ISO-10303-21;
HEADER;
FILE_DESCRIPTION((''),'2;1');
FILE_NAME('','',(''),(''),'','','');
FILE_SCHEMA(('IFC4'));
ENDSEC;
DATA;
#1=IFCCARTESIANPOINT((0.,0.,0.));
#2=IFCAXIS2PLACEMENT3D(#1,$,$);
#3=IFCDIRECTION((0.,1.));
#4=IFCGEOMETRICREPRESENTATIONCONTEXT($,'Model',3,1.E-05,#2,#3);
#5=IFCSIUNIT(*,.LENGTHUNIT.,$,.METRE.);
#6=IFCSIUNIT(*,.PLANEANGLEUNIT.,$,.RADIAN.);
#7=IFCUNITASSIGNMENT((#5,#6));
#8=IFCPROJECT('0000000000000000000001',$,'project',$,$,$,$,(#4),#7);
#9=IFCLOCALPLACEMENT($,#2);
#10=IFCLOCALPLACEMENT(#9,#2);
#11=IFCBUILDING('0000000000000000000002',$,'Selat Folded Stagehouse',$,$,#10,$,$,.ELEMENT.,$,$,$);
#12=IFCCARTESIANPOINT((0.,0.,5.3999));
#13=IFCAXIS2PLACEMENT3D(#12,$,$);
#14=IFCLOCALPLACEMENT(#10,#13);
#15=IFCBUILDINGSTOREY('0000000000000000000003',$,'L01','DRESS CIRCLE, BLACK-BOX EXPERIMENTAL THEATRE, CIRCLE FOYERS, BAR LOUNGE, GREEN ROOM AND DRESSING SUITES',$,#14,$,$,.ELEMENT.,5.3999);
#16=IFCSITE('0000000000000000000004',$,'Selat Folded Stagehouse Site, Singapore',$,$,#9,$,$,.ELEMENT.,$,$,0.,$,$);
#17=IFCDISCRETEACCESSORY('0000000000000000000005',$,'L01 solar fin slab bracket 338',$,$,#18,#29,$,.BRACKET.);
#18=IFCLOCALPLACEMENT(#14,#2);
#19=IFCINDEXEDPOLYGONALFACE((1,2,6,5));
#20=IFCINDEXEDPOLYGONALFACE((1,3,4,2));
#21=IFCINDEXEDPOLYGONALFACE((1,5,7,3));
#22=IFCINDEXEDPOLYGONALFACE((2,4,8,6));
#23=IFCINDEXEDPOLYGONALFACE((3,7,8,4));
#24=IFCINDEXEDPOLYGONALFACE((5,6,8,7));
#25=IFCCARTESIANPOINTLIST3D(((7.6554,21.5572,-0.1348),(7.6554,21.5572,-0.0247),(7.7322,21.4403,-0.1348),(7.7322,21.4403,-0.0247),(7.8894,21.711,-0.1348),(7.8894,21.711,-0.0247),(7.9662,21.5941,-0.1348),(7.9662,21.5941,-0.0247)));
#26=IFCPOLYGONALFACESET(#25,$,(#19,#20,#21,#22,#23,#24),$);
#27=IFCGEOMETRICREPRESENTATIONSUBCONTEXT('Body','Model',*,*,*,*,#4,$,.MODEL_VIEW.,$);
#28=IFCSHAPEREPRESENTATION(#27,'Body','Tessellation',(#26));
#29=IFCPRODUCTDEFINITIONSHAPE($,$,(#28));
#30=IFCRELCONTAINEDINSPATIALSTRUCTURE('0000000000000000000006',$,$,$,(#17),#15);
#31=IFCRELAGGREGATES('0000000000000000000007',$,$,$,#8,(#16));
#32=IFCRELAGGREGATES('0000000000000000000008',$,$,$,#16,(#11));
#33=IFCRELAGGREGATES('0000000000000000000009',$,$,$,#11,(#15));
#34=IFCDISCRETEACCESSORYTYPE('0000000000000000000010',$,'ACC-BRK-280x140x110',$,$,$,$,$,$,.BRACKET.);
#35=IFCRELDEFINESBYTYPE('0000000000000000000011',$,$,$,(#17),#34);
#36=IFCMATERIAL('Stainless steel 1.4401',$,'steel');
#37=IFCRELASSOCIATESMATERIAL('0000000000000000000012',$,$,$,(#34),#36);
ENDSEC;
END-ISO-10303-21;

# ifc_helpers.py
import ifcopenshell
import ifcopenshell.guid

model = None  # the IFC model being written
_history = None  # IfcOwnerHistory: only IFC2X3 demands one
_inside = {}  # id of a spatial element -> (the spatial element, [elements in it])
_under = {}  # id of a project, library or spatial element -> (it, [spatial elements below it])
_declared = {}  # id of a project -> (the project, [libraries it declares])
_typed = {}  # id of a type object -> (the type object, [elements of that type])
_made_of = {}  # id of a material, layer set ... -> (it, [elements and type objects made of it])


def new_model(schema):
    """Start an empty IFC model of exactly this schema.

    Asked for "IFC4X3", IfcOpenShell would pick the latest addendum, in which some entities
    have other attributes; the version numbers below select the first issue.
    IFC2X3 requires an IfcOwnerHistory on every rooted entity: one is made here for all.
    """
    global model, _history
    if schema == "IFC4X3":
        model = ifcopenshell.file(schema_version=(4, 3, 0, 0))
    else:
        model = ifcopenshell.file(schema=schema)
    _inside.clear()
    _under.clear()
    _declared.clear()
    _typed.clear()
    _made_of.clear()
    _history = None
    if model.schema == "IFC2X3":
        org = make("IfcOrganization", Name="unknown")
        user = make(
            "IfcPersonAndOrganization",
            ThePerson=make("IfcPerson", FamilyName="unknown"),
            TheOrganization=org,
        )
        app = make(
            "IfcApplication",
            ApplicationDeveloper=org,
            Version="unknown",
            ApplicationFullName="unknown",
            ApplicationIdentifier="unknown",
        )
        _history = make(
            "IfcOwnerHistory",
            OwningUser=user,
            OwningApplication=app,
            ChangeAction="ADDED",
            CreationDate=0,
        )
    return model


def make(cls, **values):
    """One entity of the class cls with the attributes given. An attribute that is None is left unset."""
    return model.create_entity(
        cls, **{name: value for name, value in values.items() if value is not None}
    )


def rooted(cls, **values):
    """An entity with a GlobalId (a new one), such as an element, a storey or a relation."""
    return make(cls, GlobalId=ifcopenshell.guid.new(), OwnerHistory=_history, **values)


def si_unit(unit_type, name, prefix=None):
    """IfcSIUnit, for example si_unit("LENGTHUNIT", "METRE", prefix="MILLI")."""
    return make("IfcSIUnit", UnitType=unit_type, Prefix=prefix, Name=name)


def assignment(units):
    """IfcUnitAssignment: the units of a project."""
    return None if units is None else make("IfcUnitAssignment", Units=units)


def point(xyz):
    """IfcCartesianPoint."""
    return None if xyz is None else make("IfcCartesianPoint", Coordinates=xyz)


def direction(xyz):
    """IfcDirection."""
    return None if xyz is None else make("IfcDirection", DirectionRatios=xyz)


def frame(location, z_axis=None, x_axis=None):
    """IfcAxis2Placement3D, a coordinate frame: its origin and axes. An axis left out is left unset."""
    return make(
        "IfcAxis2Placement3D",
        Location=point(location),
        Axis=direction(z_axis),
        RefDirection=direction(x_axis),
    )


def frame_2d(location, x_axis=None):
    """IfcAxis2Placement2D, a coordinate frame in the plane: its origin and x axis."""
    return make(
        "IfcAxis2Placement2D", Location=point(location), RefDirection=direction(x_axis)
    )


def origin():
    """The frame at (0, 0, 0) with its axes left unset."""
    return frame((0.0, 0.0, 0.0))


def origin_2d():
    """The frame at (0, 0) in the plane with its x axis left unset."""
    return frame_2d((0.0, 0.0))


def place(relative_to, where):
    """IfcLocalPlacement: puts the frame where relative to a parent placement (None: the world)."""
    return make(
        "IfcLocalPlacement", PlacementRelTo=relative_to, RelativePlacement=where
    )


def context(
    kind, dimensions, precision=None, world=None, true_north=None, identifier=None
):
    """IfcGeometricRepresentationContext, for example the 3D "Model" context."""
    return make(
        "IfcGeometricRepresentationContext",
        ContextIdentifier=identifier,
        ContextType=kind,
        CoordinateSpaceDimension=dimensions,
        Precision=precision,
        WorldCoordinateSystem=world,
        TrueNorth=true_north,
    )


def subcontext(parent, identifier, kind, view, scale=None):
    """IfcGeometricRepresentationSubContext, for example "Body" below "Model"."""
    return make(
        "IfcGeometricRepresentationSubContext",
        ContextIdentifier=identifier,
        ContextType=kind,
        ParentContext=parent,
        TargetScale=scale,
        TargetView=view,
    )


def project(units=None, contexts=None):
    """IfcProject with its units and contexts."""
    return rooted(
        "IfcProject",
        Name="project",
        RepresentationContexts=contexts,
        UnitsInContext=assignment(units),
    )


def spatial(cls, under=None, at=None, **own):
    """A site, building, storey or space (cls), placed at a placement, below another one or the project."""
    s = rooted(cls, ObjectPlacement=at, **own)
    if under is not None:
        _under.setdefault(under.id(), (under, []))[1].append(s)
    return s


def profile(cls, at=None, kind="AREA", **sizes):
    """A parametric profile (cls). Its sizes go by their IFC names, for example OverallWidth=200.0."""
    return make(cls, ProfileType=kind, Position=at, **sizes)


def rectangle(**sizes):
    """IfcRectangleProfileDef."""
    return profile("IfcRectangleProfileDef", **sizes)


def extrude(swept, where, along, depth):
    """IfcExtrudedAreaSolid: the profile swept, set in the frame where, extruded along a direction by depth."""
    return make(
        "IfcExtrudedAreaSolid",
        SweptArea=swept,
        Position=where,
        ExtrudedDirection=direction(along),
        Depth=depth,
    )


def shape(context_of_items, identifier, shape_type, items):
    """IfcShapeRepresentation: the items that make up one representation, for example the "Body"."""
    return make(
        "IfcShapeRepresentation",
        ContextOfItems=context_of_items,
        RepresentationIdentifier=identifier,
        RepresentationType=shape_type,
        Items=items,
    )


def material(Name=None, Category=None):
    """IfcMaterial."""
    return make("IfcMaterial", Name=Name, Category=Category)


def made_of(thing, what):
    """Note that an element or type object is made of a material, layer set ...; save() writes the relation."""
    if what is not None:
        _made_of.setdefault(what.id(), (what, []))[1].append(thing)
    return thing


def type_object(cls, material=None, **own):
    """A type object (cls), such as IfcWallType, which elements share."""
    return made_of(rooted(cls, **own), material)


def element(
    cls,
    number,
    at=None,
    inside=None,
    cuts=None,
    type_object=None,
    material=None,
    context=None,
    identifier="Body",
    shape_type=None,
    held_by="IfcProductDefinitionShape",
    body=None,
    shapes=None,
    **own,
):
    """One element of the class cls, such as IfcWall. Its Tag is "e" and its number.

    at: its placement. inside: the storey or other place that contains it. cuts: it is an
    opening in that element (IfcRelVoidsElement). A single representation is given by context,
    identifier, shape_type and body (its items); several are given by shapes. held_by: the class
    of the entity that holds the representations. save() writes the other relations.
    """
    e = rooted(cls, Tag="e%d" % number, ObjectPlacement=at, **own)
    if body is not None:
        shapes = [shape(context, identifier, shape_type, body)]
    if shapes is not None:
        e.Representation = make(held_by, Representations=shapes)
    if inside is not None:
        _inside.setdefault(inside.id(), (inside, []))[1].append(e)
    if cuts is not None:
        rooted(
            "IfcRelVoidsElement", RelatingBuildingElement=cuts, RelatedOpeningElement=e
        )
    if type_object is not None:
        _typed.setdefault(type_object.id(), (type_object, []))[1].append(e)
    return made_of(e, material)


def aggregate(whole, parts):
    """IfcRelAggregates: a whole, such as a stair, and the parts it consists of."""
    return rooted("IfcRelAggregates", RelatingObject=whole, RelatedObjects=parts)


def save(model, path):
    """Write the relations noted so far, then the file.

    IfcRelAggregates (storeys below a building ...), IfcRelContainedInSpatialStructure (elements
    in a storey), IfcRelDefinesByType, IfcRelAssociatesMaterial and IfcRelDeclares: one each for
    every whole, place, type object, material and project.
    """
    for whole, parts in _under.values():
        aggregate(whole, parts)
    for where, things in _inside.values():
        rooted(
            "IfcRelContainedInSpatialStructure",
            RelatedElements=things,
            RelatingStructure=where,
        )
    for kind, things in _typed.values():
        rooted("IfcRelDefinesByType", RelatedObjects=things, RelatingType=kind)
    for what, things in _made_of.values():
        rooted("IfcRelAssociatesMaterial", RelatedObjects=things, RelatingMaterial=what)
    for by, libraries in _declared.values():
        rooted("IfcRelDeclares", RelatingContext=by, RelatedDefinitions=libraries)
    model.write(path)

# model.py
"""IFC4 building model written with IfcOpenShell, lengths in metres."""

from ifc_helpers import new_model, si_unit, direction, frame, origin, origin_2d, place, context, subcontext, project, spatial, rectangle, extrude, material, type_object, element, save


model = new_model("IFC4")

# Units and contexts
model_context = context("Model", 3, precision=1e-05, world=origin(), true_north=direction((0.0, 1.0)))
body_context = subcontext(model_context, "Body", "Model", "MODEL_VIEW")
ifc_project = project(units=[si_unit("LENGTHUNIT", "METRE"), si_unit("PLANEANGLEUNIT", "RADIAN")], contexts=[model_context])

# Site, building, storey
site_placement = place(None, origin())
site = spatial("IfcSite", under=ifc_project, at=site_placement, Name="Selat Folded Stagehouse Site, Singapore", CompositionType="ELEMENT", RefElevation=0.0)
building_placement = place(site_placement, origin())
building = spatial("IfcBuilding", under=site, at=building_placement, Name="Selat Folded Stagehouse", CompositionType="ELEMENT")
storey_placement = place(building_placement, frame((0.0, 0.0, 5.3999)))
storey = spatial("IfcBuildingStorey", under=building, at=storey_placement, Name="L01", Description="DRESS CIRCLE, BLACK-BOX EXPERIMENTAL THEATRE, CIRCLE FOYERS, BAR LOUNGE, GREEN ROOM AND DRESSING SUITES", CompositionType="ELEMENT", Elevation=5.3999)

# Discrete accessory
ifc_material_1 = material(Name="Stainless steel 1.4401", Category="steel")
discrete_accessory_type = type_object("IfcDiscreteAccessoryType", Name="ACC-BRK-280x140x110", PredefinedType="BRACKET", material=ifc_material_1)
for number, where, z_axis, x_axis, name in (
    (1, (7.8108, 21.5757, -0.1348), (0.0, 0.0, 1.0), (-0.835616, -0.549315, 0.0), "L01 solar fin slab bracket 338"),
):
    element("IfcDiscreteAccessory", number, at=place(storey_placement, frame(where, z_axis=z_axis, x_axis=x_axis)), inside=storey, type_object=discrete_accessory_type, Name=name, PredefinedType="BRACKET", context=body_context, shape_type="SweptSolid", body=[
        extrude(rectangle(XDim=0.28, YDim=0.1399, at=origin_2d()), origin(), (0.0, 0.0, 1.0), 0.1101),
    ])

save(model, "model.ifc")
